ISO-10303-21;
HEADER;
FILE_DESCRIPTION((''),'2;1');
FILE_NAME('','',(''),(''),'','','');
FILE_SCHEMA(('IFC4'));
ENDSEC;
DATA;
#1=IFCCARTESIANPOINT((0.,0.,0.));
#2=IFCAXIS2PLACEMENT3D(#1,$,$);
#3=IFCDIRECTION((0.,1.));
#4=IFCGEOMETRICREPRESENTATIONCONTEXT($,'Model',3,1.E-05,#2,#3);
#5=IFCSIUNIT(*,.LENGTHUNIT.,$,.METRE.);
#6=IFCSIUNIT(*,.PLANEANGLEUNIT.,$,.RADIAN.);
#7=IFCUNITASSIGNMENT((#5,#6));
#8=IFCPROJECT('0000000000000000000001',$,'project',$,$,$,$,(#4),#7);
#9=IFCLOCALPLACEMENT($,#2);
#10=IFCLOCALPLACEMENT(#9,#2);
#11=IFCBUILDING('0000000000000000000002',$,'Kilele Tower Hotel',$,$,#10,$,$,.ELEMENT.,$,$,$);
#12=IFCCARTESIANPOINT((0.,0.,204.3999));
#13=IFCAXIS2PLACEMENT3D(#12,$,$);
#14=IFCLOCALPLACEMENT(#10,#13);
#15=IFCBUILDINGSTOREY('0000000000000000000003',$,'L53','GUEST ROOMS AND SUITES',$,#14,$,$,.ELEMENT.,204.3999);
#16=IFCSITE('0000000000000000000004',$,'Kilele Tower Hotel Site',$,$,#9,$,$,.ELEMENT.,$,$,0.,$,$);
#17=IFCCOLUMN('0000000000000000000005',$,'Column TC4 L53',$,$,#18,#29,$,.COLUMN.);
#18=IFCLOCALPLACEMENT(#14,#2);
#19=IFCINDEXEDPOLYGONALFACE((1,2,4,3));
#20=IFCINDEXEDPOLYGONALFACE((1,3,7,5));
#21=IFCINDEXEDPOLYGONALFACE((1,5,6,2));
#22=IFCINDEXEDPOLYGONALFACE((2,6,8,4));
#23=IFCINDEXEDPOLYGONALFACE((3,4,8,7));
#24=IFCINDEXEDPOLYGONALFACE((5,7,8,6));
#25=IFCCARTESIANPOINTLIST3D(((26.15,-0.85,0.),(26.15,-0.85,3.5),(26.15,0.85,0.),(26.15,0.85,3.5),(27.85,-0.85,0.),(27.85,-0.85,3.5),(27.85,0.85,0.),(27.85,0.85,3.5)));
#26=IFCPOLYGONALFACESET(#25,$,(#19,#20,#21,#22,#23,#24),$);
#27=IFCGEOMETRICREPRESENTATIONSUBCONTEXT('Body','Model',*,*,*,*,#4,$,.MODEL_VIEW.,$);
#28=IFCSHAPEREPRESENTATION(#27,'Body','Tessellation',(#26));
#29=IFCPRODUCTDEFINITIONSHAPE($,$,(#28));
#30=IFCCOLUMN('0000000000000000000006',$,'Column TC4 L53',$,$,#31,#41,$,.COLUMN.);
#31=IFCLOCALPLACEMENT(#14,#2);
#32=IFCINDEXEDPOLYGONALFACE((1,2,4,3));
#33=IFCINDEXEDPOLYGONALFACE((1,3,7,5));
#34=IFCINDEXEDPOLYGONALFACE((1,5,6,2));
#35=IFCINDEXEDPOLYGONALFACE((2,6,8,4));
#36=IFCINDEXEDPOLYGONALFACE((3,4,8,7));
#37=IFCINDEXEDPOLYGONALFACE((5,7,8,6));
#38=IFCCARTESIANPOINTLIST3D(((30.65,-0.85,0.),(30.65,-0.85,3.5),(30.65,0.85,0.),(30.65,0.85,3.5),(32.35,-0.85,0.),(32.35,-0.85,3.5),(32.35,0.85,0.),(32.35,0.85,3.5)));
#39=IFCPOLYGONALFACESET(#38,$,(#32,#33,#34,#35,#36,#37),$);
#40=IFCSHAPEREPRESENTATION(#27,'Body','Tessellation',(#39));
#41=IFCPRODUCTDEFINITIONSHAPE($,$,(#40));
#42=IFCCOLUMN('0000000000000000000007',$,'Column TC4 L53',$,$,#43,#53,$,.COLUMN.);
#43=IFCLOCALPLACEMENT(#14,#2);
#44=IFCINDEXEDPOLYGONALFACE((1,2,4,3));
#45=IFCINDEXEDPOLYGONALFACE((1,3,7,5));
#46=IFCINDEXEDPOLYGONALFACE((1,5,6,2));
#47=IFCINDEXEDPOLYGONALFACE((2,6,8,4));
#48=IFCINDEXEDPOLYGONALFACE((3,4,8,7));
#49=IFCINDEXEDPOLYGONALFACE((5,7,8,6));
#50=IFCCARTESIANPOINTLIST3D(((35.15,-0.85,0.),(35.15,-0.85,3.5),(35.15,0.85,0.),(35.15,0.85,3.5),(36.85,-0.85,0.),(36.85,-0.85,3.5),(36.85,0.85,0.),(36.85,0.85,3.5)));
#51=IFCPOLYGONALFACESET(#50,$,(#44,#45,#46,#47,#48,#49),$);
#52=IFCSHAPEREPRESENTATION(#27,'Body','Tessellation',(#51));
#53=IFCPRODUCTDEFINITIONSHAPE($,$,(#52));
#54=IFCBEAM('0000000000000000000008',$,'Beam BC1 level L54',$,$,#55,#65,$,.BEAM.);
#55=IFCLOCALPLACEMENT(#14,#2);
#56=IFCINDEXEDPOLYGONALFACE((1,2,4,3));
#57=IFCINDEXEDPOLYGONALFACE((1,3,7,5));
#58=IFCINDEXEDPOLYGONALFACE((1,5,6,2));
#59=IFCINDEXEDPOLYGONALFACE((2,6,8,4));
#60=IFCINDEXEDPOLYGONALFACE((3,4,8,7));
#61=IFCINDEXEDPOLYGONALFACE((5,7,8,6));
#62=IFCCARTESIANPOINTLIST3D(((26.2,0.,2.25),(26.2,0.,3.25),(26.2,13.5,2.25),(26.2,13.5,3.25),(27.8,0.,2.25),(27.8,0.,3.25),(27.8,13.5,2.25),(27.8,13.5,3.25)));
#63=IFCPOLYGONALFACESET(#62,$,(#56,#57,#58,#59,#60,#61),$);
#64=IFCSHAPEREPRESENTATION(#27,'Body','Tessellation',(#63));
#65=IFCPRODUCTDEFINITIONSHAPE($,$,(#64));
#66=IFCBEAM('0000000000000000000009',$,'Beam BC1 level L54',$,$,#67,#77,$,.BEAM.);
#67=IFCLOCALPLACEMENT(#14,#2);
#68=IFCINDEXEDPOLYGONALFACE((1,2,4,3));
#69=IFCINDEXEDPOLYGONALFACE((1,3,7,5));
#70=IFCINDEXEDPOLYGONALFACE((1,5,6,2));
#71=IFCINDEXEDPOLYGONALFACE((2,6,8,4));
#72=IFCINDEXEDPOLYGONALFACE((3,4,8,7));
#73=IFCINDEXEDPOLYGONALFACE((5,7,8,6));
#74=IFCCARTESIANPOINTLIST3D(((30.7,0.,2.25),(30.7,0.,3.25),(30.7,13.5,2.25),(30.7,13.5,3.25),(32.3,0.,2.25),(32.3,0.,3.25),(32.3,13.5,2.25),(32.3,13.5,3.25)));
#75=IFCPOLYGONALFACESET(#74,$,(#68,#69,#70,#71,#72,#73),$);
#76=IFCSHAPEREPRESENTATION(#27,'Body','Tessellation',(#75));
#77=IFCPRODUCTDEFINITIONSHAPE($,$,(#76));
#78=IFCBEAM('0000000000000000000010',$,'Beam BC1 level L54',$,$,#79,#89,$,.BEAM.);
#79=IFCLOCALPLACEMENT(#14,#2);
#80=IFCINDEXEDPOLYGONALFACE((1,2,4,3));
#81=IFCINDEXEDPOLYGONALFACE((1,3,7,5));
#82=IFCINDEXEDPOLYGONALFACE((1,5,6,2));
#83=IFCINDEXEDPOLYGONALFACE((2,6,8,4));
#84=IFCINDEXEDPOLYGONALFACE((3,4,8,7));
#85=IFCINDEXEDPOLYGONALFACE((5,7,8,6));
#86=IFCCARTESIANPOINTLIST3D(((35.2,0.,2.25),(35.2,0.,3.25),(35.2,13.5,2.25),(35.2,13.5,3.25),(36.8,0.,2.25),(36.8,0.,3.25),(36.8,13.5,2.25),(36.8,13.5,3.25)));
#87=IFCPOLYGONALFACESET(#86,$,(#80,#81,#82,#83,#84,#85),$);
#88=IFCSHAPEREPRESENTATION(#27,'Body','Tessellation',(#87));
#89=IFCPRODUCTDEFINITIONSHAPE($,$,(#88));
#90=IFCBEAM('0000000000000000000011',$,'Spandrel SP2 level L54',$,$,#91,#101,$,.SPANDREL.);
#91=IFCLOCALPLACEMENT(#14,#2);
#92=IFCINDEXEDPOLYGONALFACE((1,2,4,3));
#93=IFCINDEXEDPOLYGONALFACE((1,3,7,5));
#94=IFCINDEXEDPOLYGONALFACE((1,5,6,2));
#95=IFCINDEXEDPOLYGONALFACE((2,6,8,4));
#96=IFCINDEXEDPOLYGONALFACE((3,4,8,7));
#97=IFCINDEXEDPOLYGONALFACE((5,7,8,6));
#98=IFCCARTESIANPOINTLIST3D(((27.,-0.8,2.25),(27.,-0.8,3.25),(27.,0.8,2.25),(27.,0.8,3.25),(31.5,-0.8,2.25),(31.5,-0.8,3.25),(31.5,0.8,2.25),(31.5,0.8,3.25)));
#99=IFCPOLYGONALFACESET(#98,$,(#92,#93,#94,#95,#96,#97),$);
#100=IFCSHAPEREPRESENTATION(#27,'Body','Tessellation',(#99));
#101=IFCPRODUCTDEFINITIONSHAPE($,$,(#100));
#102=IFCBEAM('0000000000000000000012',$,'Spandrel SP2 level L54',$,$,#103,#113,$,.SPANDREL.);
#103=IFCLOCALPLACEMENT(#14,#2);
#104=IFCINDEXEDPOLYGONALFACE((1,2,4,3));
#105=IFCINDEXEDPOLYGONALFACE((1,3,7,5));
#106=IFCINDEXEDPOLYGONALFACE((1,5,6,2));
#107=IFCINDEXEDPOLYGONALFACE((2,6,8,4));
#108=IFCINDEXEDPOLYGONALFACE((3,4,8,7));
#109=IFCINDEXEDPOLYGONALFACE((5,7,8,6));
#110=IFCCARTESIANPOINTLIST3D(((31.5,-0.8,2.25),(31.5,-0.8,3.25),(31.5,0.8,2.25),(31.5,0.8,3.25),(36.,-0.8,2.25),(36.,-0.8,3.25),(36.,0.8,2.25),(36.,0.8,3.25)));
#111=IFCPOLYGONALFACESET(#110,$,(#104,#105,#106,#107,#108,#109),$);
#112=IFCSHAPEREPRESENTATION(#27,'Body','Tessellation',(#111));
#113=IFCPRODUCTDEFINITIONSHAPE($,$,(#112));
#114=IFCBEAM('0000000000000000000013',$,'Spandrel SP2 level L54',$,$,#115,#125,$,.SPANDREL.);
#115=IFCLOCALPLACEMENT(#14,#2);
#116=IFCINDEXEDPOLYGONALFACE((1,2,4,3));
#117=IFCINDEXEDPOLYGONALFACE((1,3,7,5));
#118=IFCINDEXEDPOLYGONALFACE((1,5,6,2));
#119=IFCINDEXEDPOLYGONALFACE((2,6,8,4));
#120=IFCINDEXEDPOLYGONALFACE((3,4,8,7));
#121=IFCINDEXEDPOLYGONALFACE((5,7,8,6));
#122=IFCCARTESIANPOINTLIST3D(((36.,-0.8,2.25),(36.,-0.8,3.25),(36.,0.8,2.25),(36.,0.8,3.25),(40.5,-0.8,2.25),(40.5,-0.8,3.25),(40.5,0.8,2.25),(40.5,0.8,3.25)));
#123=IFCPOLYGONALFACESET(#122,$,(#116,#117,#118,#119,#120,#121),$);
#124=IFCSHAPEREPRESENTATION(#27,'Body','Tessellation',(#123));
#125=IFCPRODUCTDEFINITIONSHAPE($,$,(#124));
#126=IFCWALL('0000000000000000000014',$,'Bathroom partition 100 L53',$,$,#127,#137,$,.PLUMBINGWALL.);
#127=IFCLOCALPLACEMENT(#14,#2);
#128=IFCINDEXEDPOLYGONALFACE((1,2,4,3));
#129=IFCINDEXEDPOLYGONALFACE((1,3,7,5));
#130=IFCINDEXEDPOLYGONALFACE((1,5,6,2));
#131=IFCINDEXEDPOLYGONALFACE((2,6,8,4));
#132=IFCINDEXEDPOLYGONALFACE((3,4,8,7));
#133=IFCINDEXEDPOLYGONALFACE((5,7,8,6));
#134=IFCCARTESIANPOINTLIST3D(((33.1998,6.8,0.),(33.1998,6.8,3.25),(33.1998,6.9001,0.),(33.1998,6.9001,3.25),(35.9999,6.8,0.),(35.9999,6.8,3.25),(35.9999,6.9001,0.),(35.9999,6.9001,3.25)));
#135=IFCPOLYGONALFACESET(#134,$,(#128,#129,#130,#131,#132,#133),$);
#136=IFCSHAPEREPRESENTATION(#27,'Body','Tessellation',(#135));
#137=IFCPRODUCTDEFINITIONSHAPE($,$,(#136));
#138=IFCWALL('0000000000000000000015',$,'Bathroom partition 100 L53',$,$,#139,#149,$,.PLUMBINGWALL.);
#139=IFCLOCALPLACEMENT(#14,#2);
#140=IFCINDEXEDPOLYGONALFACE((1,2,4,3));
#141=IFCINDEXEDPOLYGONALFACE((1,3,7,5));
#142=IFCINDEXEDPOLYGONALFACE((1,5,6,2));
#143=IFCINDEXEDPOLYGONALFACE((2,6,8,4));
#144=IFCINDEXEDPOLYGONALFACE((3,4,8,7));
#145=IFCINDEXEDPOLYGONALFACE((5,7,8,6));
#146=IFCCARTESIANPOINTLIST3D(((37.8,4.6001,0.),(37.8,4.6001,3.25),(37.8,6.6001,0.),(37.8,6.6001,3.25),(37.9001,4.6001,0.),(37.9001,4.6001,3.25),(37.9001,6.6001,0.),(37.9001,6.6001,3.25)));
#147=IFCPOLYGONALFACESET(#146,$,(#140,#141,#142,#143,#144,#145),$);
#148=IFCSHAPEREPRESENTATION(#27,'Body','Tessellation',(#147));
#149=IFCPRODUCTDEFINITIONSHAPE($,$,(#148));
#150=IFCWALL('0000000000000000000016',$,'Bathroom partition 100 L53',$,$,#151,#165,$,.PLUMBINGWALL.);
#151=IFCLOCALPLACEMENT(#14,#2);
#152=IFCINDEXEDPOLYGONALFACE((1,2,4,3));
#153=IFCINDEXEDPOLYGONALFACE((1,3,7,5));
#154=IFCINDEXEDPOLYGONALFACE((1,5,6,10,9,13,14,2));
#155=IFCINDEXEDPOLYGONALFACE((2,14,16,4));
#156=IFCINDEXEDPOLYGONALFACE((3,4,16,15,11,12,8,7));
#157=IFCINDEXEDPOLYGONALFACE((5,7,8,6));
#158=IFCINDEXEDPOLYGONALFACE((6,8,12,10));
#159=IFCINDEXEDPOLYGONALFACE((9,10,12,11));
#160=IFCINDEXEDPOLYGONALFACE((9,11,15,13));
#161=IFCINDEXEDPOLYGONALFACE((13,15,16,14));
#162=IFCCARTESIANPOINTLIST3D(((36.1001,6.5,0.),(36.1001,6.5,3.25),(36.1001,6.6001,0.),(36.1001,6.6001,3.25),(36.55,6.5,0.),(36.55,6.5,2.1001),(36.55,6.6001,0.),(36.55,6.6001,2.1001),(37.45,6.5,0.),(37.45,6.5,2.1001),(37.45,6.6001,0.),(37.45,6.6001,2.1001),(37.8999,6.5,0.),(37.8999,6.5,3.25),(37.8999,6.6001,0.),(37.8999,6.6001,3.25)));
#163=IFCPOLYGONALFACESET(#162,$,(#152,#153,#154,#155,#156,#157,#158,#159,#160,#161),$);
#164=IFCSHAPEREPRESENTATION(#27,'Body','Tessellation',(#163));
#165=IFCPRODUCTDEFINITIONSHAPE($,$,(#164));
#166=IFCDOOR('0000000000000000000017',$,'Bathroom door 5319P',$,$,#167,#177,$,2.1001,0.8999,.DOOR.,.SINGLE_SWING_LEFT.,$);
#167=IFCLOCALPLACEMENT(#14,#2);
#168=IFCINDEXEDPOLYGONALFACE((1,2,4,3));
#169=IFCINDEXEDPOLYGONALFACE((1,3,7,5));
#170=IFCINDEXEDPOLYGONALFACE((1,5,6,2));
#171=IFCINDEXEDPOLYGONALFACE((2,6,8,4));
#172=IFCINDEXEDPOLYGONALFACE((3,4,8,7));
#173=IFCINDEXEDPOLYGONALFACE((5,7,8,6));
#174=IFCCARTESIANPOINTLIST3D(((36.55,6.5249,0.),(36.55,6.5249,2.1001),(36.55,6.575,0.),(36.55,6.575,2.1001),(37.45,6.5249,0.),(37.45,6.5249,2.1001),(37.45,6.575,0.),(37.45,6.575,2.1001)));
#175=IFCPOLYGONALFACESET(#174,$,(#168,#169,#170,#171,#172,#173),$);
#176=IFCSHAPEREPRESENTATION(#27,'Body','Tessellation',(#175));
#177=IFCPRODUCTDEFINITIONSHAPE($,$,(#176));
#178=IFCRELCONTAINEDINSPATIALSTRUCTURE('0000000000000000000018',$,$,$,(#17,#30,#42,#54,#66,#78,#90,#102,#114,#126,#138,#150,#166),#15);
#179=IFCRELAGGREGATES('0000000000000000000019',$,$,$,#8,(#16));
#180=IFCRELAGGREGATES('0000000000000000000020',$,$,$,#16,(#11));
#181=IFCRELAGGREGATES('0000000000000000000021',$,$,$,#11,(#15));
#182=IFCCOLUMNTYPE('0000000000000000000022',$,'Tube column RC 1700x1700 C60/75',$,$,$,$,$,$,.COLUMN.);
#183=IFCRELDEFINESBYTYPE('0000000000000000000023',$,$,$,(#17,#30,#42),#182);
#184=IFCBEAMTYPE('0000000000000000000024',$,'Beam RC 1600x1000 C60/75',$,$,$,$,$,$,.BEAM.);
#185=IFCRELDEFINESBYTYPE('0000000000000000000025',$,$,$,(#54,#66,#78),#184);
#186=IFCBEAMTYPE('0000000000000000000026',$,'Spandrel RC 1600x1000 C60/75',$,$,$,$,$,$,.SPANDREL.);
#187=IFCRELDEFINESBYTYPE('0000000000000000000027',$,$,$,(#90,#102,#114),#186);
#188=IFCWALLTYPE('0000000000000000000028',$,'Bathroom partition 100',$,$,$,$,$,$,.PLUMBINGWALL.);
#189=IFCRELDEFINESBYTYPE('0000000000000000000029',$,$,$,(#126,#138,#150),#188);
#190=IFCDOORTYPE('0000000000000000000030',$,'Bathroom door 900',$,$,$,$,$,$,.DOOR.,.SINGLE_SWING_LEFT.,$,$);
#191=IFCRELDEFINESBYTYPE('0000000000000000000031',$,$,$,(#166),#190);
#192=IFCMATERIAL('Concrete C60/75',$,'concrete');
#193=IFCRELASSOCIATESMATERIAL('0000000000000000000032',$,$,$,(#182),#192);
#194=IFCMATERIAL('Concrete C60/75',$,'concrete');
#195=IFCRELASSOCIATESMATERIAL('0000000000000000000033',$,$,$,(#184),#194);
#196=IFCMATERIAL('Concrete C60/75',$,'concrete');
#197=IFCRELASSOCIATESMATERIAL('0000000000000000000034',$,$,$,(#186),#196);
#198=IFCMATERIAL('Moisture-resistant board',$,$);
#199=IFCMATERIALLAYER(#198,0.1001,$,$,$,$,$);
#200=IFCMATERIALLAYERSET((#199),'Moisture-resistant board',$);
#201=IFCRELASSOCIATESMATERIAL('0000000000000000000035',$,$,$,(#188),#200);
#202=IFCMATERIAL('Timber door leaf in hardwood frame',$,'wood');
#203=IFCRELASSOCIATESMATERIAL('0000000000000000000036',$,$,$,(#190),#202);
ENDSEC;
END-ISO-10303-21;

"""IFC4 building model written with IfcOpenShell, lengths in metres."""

from ifc_helpers import new_model, si_unit, direction, frame, frame_2d, origin, origin_2d, place, context, subcontext, project, spatial, rectangle, extrude, material, layer, layer_set, material_profile, profile_set, type_object, element, fill, save


model = new_model("IFC4")

# Units and contexts
model_context = context("Model", 3, precision=1e-05, world=origin(), true_north=direction((0.0, 1.0)))
body_context = subcontext(model_context, "Body", "Model", "MODEL_VIEW")
ifc_project = project(units=[si_unit("LENGTHUNIT", "METRE"), si_unit("PLANEANGLEUNIT", "RADIAN")], contexts=[model_context])

# Site, building, storey
site_placement = place(None, origin())
site = spatial("IfcSite", under=ifc_project, at=site_placement, Name="Kilele Tower Hotel Site", CompositionType="ELEMENT", RefElevation=0.0)
building_placement = place(site_placement, origin())
building = spatial("IfcBuilding", under=site, at=building_placement, Name="Kilele Tower Hotel", CompositionType="ELEMENT")
storey_placement = place(building_placement, frame((0.0, 0.0, 204.3999)))
storey = spatial("IfcBuildingStorey", under=building, at=storey_placement, Name="L53", Description="GUEST ROOMS AND SUITES", CompositionType="ELEMENT", Elevation=204.3999)

# Columns
ifc_material_1 = material(Name="Concrete C60/75", Category="concrete")
ifc_material_profile_1 = material_profile(ifc_material_1, rectangle(XDim=1.7, YDim=1.7, at=origin_2d()))
ifc_profile_set_1 = profile_set([ifc_material_profile_1], Name="Concrete C60/75")
column_type = type_object("IfcColumnType", Name="Tube column RC 1700x1700 C60/75", PredefinedType="COLUMN", material=ifc_profile_set_1)
for number, where, z_axis, x_axis, name in (
    (1, (27.0, 0.0, 0.0), (0.0, 0.0, 1.0), (1.0, 0.0, 0.0), "Column TC4 L53"),
    (2, (31.5, 0.0, 0.0), (0.0, 0.0, 1.0), (1.0, 0.0, 0.0), "Column TC4 L53"),
    (3, (36.0, 0.0, 0.0), (0.0, 0.0, 1.0), (1.0, 0.0, 0.0), "Column TC4 L53"),
):
    element("IfcColumn", number, at=place(storey_placement, frame(where, z_axis=z_axis, x_axis=x_axis)), inside=storey, type_object=column_type, Name=name, PredefinedType="COLUMN", context=body_context, shape_type="SweptSolid", body=[
        extrude(rectangle(XDim=1.7, YDim=1.7, at=origin_2d()), origin(), (0.0, 0.0, 1.0), 3.5),
    ])

# Beams
ifc_material_2 = material(Name="Concrete C60/75", Category="concrete")
ifc_material_profile_2 = material_profile(ifc_material_2, rectangle(XDim=1.6001, YDim=1.0, at=origin_2d()))
ifc_profile_set_2 = profile_set([ifc_material_profile_2], Name="Concrete C60/75")
beam_type_1 = type_object("IfcBeamType", Name="Beam RC 1600x1000 C60/75", PredefinedType="BEAM", material=ifc_profile_set_2)
for number, where, z_axis, x_axis, name in (
    (4, (27.0, 0.0, 2.75), (0.0, 1.0, 0.0), (-1.0, 0.0, 0.0), "Beam BC1 level L54"),
    (5, (31.5, 0.0, 2.75), (0.0, 1.0, 0.0), (-1.0, 0.0, 0.0), "Beam BC1 level L54"),
    (6, (36.0, 0.0, 2.75), (0.0, 1.0, 0.0), (-1.0, 0.0, 0.0), "Beam BC1 level L54"),
):
    element("IfcBeam", number, at=place(storey_placement, frame(where, z_axis=z_axis, x_axis=x_axis)), inside=storey, type_object=beam_type_1, Name=name, PredefinedType="BEAM", context=body_context, shape_type="SweptSolid", body=[
        extrude(rectangle(XDim=1.6001, YDim=1.0, at=origin_2d()), origin(), (0.0, 0.0, 1.0), 13.5),
    ])
ifc_material_3 = material(Name="Concrete C60/75", Category="concrete")
ifc_material_profile_3 = material_profile(ifc_material_3, rectangle(XDim=1.6001, YDim=1.0, at=origin_2d()))
ifc_profile_set_3 = profile_set([ifc_material_profile_3], Name="Concrete C60/75")
beam_type_2 = type_object("IfcBeamType", Name="Spandrel RC 1600x1000 C60/75", PredefinedType="SPANDREL", material=ifc_profile_set_3)
for number, where, z_axis, x_axis, name in (
    (7, (27.0, 0.0, 2.75), (1.0, 0.0, 0.0), (0.0, 1.0, 0.0), "Spandrel SP2 level L54"),
    (8, (31.5, 0.0, 2.75), (1.0, 0.0, 0.0), (0.0, 1.0, 0.0), "Spandrel SP2 level L54"),
    (9, (36.0, 0.0, 2.75), (1.0, 0.0, 0.0), (0.0, 1.0, 0.0), "Spandrel SP2 level L54"),
):
    element("IfcBeam", number, at=place(storey_placement, frame(where, z_axis=z_axis, x_axis=x_axis)), inside=storey, type_object=beam_type_2, Name=name, PredefinedType="SPANDREL", context=body_context, shape_type="SweptSolid", body=[
        extrude(rectangle(XDim=1.6001, YDim=1.0, at=origin_2d()), origin(), (0.0, 0.0, 1.0), 4.5),
    ])

# Walls
ifc_material_4 = material(Name="Moisture-resistant board")
ifc_layer_1 = layer(ifc_material_4, 0.1001)
ifc_layer_set_1 = layer_set([ifc_layer_1], Name="Moisture-resistant board")
wall_type_1 = type_object("IfcWallType", Name="Bathroom partition 100", PredefinedType="PLUMBINGWALL", material=ifc_layer_set_1)
wall_1_placement = place(storey_placement, frame((33.2, 6.8501, 0.0), z_axis=(0.0, 0.0, 1.0), x_axis=(1.0, 0.0, 0.0)))
element("IfcWall", 10, at=wall_1_placement, inside=storey, type_object=wall_type_1, Name="Bathroom partition 100 L53", PredefinedType="PLUMBINGWALL", context=body_context, shape_type="SweptSolid", body=[
    extrude(rectangle(XDim=2.8, YDim=0.1001, at=frame_2d((1.3999, 0.0))), origin(), (0.0, 0.0, 1.0), 3.25),
])
wall_2_placement = place(storey_placement, frame((37.8501, 4.6001, 0.0), z_axis=(0.0, 0.0, 1.0), x_axis=(0.0, 1.0, 0.0)))
element("IfcWall", 11, at=wall_2_placement, inside=storey, type_object=wall_type_1, Name="Bathroom partition 100 L53", PredefinedType="PLUMBINGWALL", context=body_context, shape_type="SweptSolid", body=[
    extrude(rectangle(XDim=2.0, YDim=0.1001, at=frame_2d((1.0, 0.0))), origin(), (0.0, 0.0, 1.0), 3.25),
])

# Wall, opening, door
wall_3_placement = place(storey_placement, frame((36.1001, 6.55, 0.0), z_axis=(0.0, 0.0, 1.0), x_axis=(1.0, 0.0, 0.0)))
wall_3 = element("IfcWall", 12, at=wall_3_placement, inside=storey, type_object=wall_type_1, Name="Bathroom partition 100 L53", PredefinedType="PLUMBINGWALL", context=body_context, shape_type="SweptSolid", body=[
    extrude(rectangle(XDim=1.7998, YDim=0.1001, at=frame_2d((0.8999, 0.0))), origin(), (0.0, 0.0, 1.0), 3.25),
])
opening_1_placement = place(wall_3_placement, frame((0.45, 0.0, 0.0)))
opening_1 = element("IfcOpeningElement", 13, at=opening_1_placement, cuts=wall_3, PredefinedType="OPENING", context=body_context, shape_type="SweptSolid", body=[
    extrude(rectangle(XDim=0.8999, YDim=2.1001, at=frame_2d((0.45, 1.05))), frame((0.0, 0.0601, 0.0), z_axis=(0.0, -1.0, 0.0), x_axis=(1.0, 0.0, 0.0)), (0.0, 0.0, 1.0), 0.1201),
])
ifc_material_5 = material(Name="Timber door leaf in hardwood frame", Category="wood")
door_type_1 = type_object("IfcDoorType", Name="Bathroom door 900", OperationType="SINGLE_SWING_LEFT", PredefinedType="DOOR", material=ifc_material_5)
door_1_placement = place(opening_1_placement, origin())
door_1 = element("IfcDoor", 14, at=door_1_placement, inside=storey, type_object=door_type_1, Name="Bathroom door 5319P", OperationType="SINGLE_SWING_LEFT", OverallHeight=2.1001, OverallWidth=0.8999, PredefinedType="DOOR", context=body_context, shape_type="SweptSolid", body=[
    extrude(rectangle(XDim=0.8999, YDim=2.1001, at=frame_2d((0.45, 1.05))), frame((0.0, 0.0249, 0.0), z_axis=(0.0, -1.0, 0.0), x_axis=(1.0, 0.0, 0.0)), (0.0, 0.0, 1.0), 0.05),
])
fill(opening_1, door_1)

save(model, "model.ifc")
